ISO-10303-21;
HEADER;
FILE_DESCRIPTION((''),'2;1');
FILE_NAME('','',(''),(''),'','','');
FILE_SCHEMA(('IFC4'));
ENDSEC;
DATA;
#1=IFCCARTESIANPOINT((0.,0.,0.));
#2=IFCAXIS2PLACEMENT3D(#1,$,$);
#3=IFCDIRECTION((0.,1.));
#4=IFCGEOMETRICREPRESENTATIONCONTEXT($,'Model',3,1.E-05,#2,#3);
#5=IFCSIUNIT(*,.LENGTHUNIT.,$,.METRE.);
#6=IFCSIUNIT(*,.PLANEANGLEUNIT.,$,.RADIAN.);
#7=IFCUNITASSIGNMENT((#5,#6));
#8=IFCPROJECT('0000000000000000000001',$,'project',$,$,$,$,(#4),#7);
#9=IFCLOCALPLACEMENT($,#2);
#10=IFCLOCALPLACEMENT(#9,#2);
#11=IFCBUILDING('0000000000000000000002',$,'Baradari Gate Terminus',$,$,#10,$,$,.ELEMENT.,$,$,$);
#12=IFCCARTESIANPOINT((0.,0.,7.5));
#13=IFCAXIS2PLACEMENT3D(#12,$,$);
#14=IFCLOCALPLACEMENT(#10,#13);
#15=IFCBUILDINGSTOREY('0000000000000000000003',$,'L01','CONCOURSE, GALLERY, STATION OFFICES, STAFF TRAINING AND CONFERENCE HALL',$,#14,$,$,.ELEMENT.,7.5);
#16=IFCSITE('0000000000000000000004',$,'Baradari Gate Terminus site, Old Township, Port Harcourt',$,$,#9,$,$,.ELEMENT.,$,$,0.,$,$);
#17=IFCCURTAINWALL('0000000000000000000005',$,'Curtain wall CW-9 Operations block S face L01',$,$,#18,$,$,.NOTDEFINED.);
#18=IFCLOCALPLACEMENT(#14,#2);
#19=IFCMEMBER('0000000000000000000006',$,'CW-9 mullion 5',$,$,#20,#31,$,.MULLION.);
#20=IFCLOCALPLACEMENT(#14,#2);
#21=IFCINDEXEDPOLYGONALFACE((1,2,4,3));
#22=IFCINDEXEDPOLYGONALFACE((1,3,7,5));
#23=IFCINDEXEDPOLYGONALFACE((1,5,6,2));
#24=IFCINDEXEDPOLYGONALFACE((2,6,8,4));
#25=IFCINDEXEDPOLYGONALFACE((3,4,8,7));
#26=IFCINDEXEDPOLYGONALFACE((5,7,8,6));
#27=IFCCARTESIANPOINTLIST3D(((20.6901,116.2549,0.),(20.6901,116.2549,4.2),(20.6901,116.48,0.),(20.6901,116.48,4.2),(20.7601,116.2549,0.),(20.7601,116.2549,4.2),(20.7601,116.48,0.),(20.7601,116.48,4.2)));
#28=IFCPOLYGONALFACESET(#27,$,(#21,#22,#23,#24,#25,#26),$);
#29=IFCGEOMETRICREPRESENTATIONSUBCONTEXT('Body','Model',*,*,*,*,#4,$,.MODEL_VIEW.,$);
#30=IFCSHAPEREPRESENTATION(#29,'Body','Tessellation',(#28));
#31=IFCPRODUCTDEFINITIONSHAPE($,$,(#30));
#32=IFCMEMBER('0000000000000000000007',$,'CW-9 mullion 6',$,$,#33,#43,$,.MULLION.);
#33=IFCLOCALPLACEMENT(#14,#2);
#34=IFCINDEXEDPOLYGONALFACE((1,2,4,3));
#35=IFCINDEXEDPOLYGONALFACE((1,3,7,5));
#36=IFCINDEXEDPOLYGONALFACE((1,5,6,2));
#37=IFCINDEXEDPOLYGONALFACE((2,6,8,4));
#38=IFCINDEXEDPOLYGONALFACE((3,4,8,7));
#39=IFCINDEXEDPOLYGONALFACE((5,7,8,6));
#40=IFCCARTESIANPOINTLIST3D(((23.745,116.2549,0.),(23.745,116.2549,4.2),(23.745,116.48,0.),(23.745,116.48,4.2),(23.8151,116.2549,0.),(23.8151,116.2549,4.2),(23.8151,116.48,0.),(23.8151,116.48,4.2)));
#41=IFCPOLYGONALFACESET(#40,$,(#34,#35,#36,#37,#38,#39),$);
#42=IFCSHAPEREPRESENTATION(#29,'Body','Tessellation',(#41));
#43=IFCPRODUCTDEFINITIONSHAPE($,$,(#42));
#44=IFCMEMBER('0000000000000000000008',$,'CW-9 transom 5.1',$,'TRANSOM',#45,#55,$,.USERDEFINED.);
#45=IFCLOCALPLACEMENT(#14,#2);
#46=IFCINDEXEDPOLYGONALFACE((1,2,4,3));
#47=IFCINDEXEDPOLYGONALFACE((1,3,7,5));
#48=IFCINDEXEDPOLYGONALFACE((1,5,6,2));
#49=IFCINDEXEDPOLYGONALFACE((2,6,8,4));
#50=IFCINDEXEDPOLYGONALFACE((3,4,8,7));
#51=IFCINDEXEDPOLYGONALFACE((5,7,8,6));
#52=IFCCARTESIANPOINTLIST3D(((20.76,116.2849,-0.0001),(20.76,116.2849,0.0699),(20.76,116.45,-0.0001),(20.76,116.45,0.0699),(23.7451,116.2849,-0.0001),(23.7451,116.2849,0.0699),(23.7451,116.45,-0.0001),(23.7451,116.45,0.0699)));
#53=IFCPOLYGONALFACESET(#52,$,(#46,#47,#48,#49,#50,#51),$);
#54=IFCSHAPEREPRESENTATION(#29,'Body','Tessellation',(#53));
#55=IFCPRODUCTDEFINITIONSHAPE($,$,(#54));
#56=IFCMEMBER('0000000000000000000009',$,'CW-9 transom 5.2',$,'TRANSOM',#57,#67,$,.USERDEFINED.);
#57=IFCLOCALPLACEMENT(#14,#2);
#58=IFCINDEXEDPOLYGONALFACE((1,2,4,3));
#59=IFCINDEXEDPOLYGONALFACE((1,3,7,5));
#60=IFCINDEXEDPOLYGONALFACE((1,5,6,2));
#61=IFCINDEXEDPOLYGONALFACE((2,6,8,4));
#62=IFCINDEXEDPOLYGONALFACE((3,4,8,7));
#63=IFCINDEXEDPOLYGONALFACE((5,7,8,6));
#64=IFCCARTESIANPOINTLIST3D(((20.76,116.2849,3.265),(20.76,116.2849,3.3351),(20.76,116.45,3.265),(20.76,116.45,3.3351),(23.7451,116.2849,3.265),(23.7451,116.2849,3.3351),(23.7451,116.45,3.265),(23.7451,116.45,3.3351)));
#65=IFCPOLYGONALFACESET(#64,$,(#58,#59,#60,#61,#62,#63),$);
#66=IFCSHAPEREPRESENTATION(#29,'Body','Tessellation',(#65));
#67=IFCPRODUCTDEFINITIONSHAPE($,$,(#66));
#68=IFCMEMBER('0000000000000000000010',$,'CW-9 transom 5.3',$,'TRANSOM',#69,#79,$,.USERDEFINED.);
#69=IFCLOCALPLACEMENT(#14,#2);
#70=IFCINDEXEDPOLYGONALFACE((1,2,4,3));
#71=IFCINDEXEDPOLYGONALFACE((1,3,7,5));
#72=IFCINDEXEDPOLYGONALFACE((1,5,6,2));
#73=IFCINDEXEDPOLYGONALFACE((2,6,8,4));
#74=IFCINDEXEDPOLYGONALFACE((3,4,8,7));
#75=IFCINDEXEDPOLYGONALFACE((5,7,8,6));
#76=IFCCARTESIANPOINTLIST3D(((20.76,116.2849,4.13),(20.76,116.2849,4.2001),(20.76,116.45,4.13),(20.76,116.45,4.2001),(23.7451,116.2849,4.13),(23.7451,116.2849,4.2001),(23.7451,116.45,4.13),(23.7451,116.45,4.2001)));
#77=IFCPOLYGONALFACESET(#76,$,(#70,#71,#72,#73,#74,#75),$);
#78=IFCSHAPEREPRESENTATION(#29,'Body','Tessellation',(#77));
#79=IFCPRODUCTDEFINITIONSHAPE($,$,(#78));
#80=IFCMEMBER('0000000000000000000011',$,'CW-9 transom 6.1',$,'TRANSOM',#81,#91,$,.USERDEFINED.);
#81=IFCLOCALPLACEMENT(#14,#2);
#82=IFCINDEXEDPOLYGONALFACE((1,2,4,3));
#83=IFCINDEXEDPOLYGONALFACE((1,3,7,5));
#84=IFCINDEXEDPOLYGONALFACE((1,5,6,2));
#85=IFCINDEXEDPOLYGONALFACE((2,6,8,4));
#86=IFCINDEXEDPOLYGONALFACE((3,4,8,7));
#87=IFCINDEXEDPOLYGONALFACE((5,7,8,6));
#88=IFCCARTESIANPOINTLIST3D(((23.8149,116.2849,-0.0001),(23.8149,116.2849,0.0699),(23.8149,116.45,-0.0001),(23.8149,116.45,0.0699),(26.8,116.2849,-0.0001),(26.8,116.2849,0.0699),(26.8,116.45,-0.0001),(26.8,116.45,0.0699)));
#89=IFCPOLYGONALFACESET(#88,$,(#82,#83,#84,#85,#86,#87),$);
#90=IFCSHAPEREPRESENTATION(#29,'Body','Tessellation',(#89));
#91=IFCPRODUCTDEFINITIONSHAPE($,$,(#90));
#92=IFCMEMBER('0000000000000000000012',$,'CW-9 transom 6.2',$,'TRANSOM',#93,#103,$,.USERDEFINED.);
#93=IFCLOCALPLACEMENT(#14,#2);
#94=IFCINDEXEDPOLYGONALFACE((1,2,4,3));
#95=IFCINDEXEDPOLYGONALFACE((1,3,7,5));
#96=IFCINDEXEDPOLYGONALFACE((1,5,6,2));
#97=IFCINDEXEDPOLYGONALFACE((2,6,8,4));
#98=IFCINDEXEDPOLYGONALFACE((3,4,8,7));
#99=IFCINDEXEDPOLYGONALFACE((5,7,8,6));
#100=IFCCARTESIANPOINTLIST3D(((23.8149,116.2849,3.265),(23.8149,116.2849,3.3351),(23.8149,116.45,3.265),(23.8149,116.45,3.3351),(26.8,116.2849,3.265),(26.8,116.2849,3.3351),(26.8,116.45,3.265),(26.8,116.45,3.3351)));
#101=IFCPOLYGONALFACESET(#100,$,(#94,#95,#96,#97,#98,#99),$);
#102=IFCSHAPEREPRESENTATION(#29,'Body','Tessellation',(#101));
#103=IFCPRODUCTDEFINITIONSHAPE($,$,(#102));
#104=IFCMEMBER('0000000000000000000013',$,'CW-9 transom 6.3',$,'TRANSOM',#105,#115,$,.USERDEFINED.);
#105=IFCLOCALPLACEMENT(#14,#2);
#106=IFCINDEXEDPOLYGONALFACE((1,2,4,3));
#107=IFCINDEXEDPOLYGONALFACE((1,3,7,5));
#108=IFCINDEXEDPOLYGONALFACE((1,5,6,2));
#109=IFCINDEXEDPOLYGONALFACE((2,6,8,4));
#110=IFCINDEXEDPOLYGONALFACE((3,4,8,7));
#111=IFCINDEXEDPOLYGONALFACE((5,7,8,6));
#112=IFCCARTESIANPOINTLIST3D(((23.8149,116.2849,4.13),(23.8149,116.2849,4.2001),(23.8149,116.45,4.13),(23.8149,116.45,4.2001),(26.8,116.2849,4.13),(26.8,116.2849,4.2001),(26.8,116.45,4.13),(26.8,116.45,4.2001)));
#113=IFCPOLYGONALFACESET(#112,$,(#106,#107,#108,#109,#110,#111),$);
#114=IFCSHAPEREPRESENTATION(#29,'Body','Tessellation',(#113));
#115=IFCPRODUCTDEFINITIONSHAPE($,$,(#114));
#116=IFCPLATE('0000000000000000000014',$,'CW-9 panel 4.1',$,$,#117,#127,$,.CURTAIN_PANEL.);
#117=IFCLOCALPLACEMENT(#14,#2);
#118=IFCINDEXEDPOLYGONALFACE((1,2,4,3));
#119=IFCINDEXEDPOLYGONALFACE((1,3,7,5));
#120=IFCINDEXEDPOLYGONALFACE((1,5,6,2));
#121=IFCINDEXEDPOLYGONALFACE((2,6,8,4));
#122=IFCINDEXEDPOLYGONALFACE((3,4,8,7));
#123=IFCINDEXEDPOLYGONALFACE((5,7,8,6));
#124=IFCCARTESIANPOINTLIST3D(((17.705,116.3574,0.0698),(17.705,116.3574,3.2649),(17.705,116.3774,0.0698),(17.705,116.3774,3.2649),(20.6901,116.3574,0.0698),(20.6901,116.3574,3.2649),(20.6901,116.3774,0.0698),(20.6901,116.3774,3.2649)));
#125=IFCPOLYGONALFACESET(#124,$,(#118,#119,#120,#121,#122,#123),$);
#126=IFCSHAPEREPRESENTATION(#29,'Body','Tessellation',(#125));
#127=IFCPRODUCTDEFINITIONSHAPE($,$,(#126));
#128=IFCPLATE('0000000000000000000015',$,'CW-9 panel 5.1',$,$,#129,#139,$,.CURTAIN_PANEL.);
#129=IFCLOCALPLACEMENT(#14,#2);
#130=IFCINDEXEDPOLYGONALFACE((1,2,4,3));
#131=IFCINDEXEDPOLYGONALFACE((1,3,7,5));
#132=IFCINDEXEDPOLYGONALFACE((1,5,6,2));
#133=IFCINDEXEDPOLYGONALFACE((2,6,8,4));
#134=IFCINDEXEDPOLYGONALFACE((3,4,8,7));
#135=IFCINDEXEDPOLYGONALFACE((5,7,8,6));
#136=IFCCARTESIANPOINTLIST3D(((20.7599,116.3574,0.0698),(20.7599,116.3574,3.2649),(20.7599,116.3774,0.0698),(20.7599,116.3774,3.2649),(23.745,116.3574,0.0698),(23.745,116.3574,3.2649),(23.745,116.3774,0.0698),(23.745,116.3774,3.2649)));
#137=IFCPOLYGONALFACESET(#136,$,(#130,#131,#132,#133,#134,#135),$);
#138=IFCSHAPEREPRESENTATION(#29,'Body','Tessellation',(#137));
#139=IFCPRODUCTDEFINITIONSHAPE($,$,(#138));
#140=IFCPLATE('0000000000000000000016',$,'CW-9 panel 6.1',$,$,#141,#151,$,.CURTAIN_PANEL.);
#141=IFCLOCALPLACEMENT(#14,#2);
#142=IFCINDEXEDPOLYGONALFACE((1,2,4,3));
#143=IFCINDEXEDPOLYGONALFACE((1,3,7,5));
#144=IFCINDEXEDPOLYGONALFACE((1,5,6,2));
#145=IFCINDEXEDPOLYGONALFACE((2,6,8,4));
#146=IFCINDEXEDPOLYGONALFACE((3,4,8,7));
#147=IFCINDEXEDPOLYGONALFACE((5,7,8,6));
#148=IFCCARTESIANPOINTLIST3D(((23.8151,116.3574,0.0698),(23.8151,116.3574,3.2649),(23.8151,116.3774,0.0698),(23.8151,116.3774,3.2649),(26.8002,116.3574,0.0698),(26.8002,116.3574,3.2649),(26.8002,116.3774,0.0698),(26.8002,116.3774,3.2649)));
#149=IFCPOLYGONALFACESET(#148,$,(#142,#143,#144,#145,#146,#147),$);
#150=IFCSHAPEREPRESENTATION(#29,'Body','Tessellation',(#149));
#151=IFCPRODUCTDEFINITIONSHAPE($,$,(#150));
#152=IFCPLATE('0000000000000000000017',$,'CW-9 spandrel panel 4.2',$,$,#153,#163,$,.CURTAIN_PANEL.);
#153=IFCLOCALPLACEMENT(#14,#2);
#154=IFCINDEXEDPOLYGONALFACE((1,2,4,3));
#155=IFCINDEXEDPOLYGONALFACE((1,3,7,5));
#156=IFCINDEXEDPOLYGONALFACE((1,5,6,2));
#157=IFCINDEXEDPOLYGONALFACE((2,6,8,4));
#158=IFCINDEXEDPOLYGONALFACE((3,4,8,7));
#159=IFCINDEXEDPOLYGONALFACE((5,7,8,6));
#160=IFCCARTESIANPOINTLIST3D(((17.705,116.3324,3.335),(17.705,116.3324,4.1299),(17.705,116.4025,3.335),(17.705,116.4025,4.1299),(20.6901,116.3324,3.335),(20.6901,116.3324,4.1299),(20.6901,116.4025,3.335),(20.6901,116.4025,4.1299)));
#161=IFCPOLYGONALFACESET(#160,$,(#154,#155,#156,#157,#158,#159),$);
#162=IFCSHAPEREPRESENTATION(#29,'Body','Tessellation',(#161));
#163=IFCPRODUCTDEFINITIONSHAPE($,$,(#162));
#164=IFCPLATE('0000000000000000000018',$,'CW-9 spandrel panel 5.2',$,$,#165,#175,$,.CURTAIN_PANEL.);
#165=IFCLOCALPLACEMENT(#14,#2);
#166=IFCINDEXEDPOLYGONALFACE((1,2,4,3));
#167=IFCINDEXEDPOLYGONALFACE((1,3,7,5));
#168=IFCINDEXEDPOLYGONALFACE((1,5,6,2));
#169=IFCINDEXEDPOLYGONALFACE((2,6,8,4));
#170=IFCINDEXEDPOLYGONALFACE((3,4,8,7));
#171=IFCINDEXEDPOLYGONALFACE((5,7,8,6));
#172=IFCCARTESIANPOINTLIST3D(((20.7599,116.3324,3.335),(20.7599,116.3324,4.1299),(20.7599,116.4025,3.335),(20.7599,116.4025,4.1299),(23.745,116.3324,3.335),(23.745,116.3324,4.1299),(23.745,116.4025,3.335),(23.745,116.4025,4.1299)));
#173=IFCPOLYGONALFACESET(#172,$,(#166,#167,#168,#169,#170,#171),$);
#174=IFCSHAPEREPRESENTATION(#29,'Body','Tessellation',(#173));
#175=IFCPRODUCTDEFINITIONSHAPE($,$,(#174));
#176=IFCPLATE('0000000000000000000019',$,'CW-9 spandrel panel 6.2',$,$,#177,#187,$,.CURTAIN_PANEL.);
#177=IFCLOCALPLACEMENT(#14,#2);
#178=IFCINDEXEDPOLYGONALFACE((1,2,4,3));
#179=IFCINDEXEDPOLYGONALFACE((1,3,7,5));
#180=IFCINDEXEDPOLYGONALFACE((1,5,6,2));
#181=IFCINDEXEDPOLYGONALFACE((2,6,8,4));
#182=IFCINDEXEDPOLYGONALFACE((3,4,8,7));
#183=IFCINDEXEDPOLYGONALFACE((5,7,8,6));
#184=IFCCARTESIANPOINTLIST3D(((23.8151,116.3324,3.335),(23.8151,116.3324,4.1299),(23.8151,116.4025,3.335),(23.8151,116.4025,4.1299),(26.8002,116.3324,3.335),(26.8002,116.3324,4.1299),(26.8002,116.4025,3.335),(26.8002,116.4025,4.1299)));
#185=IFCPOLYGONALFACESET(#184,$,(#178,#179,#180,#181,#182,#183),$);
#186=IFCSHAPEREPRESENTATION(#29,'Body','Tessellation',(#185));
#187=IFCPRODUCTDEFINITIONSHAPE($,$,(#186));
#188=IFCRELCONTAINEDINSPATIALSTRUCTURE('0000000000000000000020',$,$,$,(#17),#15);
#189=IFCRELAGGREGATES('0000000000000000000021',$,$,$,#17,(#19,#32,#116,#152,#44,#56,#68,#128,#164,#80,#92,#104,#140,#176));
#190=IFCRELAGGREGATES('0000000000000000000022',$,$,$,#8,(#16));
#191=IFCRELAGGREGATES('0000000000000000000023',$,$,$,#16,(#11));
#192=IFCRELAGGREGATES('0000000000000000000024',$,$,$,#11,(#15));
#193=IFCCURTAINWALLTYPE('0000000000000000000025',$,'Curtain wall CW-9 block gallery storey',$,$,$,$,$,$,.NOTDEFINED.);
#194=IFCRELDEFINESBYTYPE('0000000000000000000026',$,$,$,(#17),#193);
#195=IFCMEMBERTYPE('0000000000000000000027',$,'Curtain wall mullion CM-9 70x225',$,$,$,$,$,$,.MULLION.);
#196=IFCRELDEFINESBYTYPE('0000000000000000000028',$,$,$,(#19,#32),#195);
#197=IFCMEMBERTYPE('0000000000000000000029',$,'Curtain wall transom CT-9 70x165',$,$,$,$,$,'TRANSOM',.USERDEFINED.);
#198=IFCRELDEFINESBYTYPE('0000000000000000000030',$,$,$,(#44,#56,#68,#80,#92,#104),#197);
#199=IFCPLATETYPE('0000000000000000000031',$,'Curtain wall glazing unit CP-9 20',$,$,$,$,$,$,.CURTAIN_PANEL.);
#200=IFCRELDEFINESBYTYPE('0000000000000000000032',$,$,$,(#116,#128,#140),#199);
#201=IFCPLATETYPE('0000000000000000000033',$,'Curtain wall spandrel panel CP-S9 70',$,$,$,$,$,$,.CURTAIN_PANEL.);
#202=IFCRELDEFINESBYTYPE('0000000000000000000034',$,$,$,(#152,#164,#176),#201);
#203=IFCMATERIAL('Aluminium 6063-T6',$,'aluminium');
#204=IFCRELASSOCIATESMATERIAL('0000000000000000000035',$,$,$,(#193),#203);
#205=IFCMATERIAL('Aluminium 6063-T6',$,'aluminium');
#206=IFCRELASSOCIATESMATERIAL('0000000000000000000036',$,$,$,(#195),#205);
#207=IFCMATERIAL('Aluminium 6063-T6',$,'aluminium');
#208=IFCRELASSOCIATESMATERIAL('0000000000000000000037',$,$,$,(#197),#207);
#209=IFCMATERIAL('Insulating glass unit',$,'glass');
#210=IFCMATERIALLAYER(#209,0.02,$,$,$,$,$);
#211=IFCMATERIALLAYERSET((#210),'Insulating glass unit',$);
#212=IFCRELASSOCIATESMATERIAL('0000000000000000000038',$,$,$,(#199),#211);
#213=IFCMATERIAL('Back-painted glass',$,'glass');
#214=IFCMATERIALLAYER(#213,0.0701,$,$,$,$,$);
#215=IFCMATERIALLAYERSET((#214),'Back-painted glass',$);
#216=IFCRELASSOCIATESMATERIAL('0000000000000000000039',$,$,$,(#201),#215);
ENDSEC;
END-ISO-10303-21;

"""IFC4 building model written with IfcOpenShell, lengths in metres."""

from ifc_helpers import new_model, si_unit, direction, frame, origin, origin_2d, place, context, subcontext, project, spatial, rectangle, extrude, material, layer, layer_set, material_profile, profile_set, type_object, element, aggregate, save


model = new_model("IFC4")

# Units and contexts
model_context = context("Model", 3, precision=1e-05, world=origin(), true_north=direction((0.0, 1.0)))
body_context = subcontext(model_context, "Body", "Model", "MODEL_VIEW")
ifc_project = project(units=[si_unit("LENGTHUNIT", "METRE"), si_unit("PLANEANGLEUNIT", "RADIAN")], contexts=[model_context])

# Site, building, storey
site_placement = place(None, origin())
site = spatial("IfcSite", under=ifc_project, at=site_placement, Name="Baradari Gate Terminus site, Old Township, Port Harcourt", CompositionType="ELEMENT", RefElevation=0.0)
building_placement = place(site_placement, origin())
building = spatial("IfcBuilding", under=site, at=building_placement, Name="Baradari Gate Terminus", CompositionType="ELEMENT")
storey_placement = place(building_placement, frame((0.0, 0.0, 7.5)))
storey = spatial("IfcBuildingStorey", under=building, at=storey_placement, Name="L01", Description="CONCOURSE, GALLERY, STATION OFFICES, STAFF TRAINING AND CONFERENCE HALL", CompositionType="ELEMENT", Elevation=7.5)

# Curtain wall, members, plates
ifc_material_1 = material(Name="Aluminium 6063-T6", Category="aluminium")
curtain_wall_type = type_object("IfcCurtainWallType", Name="Curtain wall CW-9 block gallery storey", PredefinedType="NOTDEFINED", material=ifc_material_1)
curtain_wall_placement = place(storey_placement, origin())
curtain_wall = element("IfcCurtainWall", 1, at=curtain_wall_placement, inside=storey, type_object=curtain_wall_type, Name="Curtain wall CW-9 Operations block S face L01", PredefinedType="NOTDEFINED")
ifc_material_2 = material(Name="Aluminium 6063-T6", Category="aluminium")
ifc_material_profile_1 = material_profile(ifc_material_2, rectangle(XDim=0.2251, YDim=0.0701, at=origin_2d()), Name="CM-9 70X225")
ifc_profile_set_1 = profile_set([ifc_material_profile_1], Name="Aluminium 6063-T6")
member_type_1 = type_object("IfcMemberType", Name="Curtain wall mullion CM-9 70x225", PredefinedType="MULLION", material=ifc_profile_set_1)
member_1_placement = place(storey_placement, frame((20.7251, 116.3674, 0.0), z_axis=(0.0, 0.0, 1.0), x_axis=(0.0, 1.0, 0.0)))
member_1 = element("IfcMember", 2, at=member_1_placement, type_object=member_type_1, Name="CW-9 mullion 5", PredefinedType="MULLION", context=body_context, shape_type="SweptSolid", body=[
    extrude(rectangle(XDim=0.2251, YDim=0.0701, at=origin_2d()), origin(), (0.0, 0.0, 1.0), 4.2),
])
member_2_placement = place(storey_placement, frame((23.78, 116.3674, 0.0), z_axis=(0.0, 0.0, 1.0), x_axis=(0.0, 1.0, 0.0)))
member_2 = element("IfcMember", 3, at=member_2_placement, type_object=member_type_1, Name="CW-9 mullion 6", PredefinedType="MULLION", context=body_context, shape_type="SweptSolid", body=[
    extrude(rectangle(XDim=0.2251, YDim=0.0701, at=origin_2d()), origin(), (0.0, 0.0, 1.0), 4.2),
])
ifc_material_3 = material(Name="Aluminium 6063-T6", Category="aluminium")
ifc_material_profile_2 = material_profile(ifc_material_3, rectangle(XDim=0.165, YDim=0.0701, at=origin_2d()), Name="CT-9 70X165")
ifc_profile_set_2 = profile_set([ifc_material_profile_2], Name="Aluminium 6063-T6")
member_type_2 = type_object("IfcMemberType", Name="Curtain wall transom CT-9 70x165", ElementType="TRANSOM", PredefinedType="USERDEFINED", material=ifc_profile_set_2)
member_3_placement = place(storey_placement, frame((20.76, 116.3674, 0.0349), z_axis=(1.0, 0.0, 0.0), x_axis=(0.0, 1.0, 0.0)))
member_3 = element("IfcMember", 4, at=member_3_placement, type_object=member_type_2, Name="CW-9 transom 5.1", ObjectType="TRANSOM", PredefinedType="USERDEFINED", context=body_context, shape_type="SweptSolid", body=[
    extrude(rectangle(XDim=0.165, YDim=0.0701, at=origin_2d()), origin(), (0.0, 0.0, 1.0), 2.9851),
])
member_4_placement = place(storey_placement, frame((20.76, 116.3674, 3.3), z_axis=(1.0, 0.0, 0.0), x_axis=(0.0, 1.0, 0.0)))
member_4 = element("IfcMember", 5, at=member_4_placement, type_object=member_type_2, Name="CW-9 transom 5.2", ObjectType="TRANSOM", PredefinedType="USERDEFINED", context=body_context, shape_type="SweptSolid", body=[
    extrude(rectangle(XDim=0.165, YDim=0.0701, at=origin_2d()), origin(), (0.0, 0.0, 1.0), 2.9851),
])
member_5_placement = place(storey_placement, frame((20.76, 116.3674, 4.165), z_axis=(1.0, 0.0, 0.0), x_axis=(0.0, 1.0, 0.0)))
member_5 = element("IfcMember", 6, at=member_5_placement, type_object=member_type_2, Name="CW-9 transom 5.3", ObjectType="TRANSOM", PredefinedType="USERDEFINED", context=body_context, shape_type="SweptSolid", body=[
    extrude(rectangle(XDim=0.165, YDim=0.0701, at=origin_2d()), origin(), (0.0, 0.0, 1.0), 2.9851),
])
member_6_placement = place(storey_placement, frame((23.8149, 116.3674, 0.0349), z_axis=(1.0, 0.0, 0.0), x_axis=(0.0, 1.0, 0.0)))
member_6 = element("IfcMember", 7, at=member_6_placement, type_object=member_type_2, Name="CW-9 transom 6.1", ObjectType="TRANSOM", PredefinedType="USERDEFINED", context=body_context, shape_type="SweptSolid", body=[
    extrude(rectangle(XDim=0.165, YDim=0.0701, at=origin_2d()), origin(), (0.0, 0.0, 1.0), 2.9851),
])
member_7_placement = place(storey_placement, frame((23.8149, 116.3674, 3.3), z_axis=(1.0, 0.0, 0.0), x_axis=(0.0, 1.0, 0.0)))
member_7 = element("IfcMember", 8, at=member_7_placement, type_object=member_type_2, Name="CW-9 transom 6.2", ObjectType="TRANSOM", PredefinedType="USERDEFINED", context=body_context, shape_type="SweptSolid", body=[
    extrude(rectangle(XDim=0.165, YDim=0.0701, at=origin_2d()), origin(), (0.0, 0.0, 1.0), 2.9851),
])
member_8_placement = place(storey_placement, frame((23.8149, 116.3674, 4.165), z_axis=(1.0, 0.0, 0.0), x_axis=(0.0, 1.0, 0.0)))
member_8 = element("IfcMember", 9, at=member_8_placement, type_object=member_type_2, Name="CW-9 transom 6.3", ObjectType="TRANSOM", PredefinedType="USERDEFINED", context=body_context, shape_type="SweptSolid", body=[
    extrude(rectangle(XDim=0.165, YDim=0.0701, at=origin_2d()), origin(), (0.0, 0.0, 1.0), 2.9851),
])
ifc_material_4 = material(Name="Insulating glass unit", Category="glass")
ifc_layer_1 = layer(ifc_material_4, 0.02)
ifc_layer_set_1 = layer_set([ifc_layer_1], Name="Insulating glass unit")
plate_type_1 = type_object("IfcPlateType", Name="Curtain wall glazing unit CP-9 20", PredefinedType="CURTAIN_PANEL", material=ifc_layer_set_1)
plate_1_placement = place(storey_placement, frame((19.1975, 116.3674, 0.0698), z_axis=(0.0, 0.0, 1.0), x_axis=(1.0, 0.0, 0.0)))
plate_1 = element("IfcPlate", 10, at=plate_1_placement, type_object=plate_type_1, Name="CW-9 panel 4.1", PredefinedType="CURTAIN_PANEL", context=body_context, shape_type="SweptSolid", body=[
    extrude(rectangle(XDim=2.9851, YDim=0.02, at=origin_2d()), origin(), (0.0, 0.0, 1.0), 3.1951),
])
plate_2_placement = place(storey_placement, frame((22.2524, 116.3674, 0.0698), z_axis=(0.0, 0.0, 1.0), x_axis=(1.0, 0.0, 0.0)))
plate_2 = element("IfcPlate", 11, at=plate_2_placement, type_object=plate_type_1, Name="CW-9 panel 5.1", PredefinedType="CURTAIN_PANEL", context=body_context, shape_type="SweptSolid", body=[
    extrude(rectangle(XDim=2.9851, YDim=0.02, at=origin_2d()), origin(), (0.0, 0.0, 1.0), 3.1951),
])
plate_3_placement = place(storey_placement, frame((25.3076, 116.3674, 0.0698), z_axis=(0.0, 0.0, 1.0), x_axis=(1.0, 0.0, 0.0)))
plate_3 = element("IfcPlate", 12, at=plate_3_placement, type_object=plate_type_1, Name="CW-9 panel 6.1", PredefinedType="CURTAIN_PANEL", context=body_context, shape_type="SweptSolid", body=[
    extrude(rectangle(XDim=2.9851, YDim=0.02, at=origin_2d()), origin(), (0.0, 0.0, 1.0), 3.1951),
])
ifc_material_5 = material(Name="Back-painted glass", Category="glass")
ifc_layer_2 = layer(ifc_material_5, 0.0701)
ifc_layer_set_2 = layer_set([ifc_layer_2], Name="Back-painted glass")
plate_type_2 = type_object("IfcPlateType", Name="Curtain wall spandrel panel CP-S9 70", PredefinedType="CURTAIN_PANEL", material=ifc_layer_set_2)
plate_4_placement = place(storey_placement, frame((19.1975, 116.3674, 3.335), z_axis=(0.0, 0.0, 1.0), x_axis=(1.0, 0.0, 0.0)))
plate_4 = element("IfcPlate", 13, at=plate_4_placement, type_object=plate_type_2, Name="CW-9 spandrel panel 4.2", PredefinedType="CURTAIN_PANEL", context=body_context, shape_type="SweptSolid", body=[
    extrude(rectangle(XDim=2.9851, YDim=0.0701, at=origin_2d()), origin(), (0.0, 0.0, 1.0), 0.7949),
])
plate_5_placement = place(storey_placement, frame((22.2524, 116.3674, 3.335), z_axis=(0.0, 0.0, 1.0), x_axis=(1.0, 0.0, 0.0)))
plate_5 = element("IfcPlate", 14, at=plate_5_placement, type_object=plate_type_2, Name="CW-9 spandrel panel 5.2", PredefinedType="CURTAIN_PANEL", context=body_context, shape_type="SweptSolid", body=[
    extrude(rectangle(XDim=2.9851, YDim=0.0701, at=origin_2d()), origin(), (0.0, 0.0, 1.0), 0.7949),
])
plate_6_placement = place(storey_placement, frame((25.3076, 116.3674, 3.335), z_axis=(0.0, 0.0, 1.0), x_axis=(1.0, 0.0, 0.0)))
plate_6 = element("IfcPlate", 15, at=plate_6_placement, type_object=plate_type_2, Name="CW-9 spandrel panel 6.2", PredefinedType="CURTAIN_PANEL", context=body_context, shape_type="SweptSolid", body=[
    extrude(rectangle(XDim=2.9851, YDim=0.0701, at=origin_2d()), origin(), (0.0, 0.0, 1.0), 0.7949),
])
aggregate(curtain_wall, [member_1, member_2, plate_1, plate_4, member_3, member_4, member_5, plate_2, plate_5, member_6, member_7, member_8, plate_3, plate_6])

save(model, "model.ifc")
